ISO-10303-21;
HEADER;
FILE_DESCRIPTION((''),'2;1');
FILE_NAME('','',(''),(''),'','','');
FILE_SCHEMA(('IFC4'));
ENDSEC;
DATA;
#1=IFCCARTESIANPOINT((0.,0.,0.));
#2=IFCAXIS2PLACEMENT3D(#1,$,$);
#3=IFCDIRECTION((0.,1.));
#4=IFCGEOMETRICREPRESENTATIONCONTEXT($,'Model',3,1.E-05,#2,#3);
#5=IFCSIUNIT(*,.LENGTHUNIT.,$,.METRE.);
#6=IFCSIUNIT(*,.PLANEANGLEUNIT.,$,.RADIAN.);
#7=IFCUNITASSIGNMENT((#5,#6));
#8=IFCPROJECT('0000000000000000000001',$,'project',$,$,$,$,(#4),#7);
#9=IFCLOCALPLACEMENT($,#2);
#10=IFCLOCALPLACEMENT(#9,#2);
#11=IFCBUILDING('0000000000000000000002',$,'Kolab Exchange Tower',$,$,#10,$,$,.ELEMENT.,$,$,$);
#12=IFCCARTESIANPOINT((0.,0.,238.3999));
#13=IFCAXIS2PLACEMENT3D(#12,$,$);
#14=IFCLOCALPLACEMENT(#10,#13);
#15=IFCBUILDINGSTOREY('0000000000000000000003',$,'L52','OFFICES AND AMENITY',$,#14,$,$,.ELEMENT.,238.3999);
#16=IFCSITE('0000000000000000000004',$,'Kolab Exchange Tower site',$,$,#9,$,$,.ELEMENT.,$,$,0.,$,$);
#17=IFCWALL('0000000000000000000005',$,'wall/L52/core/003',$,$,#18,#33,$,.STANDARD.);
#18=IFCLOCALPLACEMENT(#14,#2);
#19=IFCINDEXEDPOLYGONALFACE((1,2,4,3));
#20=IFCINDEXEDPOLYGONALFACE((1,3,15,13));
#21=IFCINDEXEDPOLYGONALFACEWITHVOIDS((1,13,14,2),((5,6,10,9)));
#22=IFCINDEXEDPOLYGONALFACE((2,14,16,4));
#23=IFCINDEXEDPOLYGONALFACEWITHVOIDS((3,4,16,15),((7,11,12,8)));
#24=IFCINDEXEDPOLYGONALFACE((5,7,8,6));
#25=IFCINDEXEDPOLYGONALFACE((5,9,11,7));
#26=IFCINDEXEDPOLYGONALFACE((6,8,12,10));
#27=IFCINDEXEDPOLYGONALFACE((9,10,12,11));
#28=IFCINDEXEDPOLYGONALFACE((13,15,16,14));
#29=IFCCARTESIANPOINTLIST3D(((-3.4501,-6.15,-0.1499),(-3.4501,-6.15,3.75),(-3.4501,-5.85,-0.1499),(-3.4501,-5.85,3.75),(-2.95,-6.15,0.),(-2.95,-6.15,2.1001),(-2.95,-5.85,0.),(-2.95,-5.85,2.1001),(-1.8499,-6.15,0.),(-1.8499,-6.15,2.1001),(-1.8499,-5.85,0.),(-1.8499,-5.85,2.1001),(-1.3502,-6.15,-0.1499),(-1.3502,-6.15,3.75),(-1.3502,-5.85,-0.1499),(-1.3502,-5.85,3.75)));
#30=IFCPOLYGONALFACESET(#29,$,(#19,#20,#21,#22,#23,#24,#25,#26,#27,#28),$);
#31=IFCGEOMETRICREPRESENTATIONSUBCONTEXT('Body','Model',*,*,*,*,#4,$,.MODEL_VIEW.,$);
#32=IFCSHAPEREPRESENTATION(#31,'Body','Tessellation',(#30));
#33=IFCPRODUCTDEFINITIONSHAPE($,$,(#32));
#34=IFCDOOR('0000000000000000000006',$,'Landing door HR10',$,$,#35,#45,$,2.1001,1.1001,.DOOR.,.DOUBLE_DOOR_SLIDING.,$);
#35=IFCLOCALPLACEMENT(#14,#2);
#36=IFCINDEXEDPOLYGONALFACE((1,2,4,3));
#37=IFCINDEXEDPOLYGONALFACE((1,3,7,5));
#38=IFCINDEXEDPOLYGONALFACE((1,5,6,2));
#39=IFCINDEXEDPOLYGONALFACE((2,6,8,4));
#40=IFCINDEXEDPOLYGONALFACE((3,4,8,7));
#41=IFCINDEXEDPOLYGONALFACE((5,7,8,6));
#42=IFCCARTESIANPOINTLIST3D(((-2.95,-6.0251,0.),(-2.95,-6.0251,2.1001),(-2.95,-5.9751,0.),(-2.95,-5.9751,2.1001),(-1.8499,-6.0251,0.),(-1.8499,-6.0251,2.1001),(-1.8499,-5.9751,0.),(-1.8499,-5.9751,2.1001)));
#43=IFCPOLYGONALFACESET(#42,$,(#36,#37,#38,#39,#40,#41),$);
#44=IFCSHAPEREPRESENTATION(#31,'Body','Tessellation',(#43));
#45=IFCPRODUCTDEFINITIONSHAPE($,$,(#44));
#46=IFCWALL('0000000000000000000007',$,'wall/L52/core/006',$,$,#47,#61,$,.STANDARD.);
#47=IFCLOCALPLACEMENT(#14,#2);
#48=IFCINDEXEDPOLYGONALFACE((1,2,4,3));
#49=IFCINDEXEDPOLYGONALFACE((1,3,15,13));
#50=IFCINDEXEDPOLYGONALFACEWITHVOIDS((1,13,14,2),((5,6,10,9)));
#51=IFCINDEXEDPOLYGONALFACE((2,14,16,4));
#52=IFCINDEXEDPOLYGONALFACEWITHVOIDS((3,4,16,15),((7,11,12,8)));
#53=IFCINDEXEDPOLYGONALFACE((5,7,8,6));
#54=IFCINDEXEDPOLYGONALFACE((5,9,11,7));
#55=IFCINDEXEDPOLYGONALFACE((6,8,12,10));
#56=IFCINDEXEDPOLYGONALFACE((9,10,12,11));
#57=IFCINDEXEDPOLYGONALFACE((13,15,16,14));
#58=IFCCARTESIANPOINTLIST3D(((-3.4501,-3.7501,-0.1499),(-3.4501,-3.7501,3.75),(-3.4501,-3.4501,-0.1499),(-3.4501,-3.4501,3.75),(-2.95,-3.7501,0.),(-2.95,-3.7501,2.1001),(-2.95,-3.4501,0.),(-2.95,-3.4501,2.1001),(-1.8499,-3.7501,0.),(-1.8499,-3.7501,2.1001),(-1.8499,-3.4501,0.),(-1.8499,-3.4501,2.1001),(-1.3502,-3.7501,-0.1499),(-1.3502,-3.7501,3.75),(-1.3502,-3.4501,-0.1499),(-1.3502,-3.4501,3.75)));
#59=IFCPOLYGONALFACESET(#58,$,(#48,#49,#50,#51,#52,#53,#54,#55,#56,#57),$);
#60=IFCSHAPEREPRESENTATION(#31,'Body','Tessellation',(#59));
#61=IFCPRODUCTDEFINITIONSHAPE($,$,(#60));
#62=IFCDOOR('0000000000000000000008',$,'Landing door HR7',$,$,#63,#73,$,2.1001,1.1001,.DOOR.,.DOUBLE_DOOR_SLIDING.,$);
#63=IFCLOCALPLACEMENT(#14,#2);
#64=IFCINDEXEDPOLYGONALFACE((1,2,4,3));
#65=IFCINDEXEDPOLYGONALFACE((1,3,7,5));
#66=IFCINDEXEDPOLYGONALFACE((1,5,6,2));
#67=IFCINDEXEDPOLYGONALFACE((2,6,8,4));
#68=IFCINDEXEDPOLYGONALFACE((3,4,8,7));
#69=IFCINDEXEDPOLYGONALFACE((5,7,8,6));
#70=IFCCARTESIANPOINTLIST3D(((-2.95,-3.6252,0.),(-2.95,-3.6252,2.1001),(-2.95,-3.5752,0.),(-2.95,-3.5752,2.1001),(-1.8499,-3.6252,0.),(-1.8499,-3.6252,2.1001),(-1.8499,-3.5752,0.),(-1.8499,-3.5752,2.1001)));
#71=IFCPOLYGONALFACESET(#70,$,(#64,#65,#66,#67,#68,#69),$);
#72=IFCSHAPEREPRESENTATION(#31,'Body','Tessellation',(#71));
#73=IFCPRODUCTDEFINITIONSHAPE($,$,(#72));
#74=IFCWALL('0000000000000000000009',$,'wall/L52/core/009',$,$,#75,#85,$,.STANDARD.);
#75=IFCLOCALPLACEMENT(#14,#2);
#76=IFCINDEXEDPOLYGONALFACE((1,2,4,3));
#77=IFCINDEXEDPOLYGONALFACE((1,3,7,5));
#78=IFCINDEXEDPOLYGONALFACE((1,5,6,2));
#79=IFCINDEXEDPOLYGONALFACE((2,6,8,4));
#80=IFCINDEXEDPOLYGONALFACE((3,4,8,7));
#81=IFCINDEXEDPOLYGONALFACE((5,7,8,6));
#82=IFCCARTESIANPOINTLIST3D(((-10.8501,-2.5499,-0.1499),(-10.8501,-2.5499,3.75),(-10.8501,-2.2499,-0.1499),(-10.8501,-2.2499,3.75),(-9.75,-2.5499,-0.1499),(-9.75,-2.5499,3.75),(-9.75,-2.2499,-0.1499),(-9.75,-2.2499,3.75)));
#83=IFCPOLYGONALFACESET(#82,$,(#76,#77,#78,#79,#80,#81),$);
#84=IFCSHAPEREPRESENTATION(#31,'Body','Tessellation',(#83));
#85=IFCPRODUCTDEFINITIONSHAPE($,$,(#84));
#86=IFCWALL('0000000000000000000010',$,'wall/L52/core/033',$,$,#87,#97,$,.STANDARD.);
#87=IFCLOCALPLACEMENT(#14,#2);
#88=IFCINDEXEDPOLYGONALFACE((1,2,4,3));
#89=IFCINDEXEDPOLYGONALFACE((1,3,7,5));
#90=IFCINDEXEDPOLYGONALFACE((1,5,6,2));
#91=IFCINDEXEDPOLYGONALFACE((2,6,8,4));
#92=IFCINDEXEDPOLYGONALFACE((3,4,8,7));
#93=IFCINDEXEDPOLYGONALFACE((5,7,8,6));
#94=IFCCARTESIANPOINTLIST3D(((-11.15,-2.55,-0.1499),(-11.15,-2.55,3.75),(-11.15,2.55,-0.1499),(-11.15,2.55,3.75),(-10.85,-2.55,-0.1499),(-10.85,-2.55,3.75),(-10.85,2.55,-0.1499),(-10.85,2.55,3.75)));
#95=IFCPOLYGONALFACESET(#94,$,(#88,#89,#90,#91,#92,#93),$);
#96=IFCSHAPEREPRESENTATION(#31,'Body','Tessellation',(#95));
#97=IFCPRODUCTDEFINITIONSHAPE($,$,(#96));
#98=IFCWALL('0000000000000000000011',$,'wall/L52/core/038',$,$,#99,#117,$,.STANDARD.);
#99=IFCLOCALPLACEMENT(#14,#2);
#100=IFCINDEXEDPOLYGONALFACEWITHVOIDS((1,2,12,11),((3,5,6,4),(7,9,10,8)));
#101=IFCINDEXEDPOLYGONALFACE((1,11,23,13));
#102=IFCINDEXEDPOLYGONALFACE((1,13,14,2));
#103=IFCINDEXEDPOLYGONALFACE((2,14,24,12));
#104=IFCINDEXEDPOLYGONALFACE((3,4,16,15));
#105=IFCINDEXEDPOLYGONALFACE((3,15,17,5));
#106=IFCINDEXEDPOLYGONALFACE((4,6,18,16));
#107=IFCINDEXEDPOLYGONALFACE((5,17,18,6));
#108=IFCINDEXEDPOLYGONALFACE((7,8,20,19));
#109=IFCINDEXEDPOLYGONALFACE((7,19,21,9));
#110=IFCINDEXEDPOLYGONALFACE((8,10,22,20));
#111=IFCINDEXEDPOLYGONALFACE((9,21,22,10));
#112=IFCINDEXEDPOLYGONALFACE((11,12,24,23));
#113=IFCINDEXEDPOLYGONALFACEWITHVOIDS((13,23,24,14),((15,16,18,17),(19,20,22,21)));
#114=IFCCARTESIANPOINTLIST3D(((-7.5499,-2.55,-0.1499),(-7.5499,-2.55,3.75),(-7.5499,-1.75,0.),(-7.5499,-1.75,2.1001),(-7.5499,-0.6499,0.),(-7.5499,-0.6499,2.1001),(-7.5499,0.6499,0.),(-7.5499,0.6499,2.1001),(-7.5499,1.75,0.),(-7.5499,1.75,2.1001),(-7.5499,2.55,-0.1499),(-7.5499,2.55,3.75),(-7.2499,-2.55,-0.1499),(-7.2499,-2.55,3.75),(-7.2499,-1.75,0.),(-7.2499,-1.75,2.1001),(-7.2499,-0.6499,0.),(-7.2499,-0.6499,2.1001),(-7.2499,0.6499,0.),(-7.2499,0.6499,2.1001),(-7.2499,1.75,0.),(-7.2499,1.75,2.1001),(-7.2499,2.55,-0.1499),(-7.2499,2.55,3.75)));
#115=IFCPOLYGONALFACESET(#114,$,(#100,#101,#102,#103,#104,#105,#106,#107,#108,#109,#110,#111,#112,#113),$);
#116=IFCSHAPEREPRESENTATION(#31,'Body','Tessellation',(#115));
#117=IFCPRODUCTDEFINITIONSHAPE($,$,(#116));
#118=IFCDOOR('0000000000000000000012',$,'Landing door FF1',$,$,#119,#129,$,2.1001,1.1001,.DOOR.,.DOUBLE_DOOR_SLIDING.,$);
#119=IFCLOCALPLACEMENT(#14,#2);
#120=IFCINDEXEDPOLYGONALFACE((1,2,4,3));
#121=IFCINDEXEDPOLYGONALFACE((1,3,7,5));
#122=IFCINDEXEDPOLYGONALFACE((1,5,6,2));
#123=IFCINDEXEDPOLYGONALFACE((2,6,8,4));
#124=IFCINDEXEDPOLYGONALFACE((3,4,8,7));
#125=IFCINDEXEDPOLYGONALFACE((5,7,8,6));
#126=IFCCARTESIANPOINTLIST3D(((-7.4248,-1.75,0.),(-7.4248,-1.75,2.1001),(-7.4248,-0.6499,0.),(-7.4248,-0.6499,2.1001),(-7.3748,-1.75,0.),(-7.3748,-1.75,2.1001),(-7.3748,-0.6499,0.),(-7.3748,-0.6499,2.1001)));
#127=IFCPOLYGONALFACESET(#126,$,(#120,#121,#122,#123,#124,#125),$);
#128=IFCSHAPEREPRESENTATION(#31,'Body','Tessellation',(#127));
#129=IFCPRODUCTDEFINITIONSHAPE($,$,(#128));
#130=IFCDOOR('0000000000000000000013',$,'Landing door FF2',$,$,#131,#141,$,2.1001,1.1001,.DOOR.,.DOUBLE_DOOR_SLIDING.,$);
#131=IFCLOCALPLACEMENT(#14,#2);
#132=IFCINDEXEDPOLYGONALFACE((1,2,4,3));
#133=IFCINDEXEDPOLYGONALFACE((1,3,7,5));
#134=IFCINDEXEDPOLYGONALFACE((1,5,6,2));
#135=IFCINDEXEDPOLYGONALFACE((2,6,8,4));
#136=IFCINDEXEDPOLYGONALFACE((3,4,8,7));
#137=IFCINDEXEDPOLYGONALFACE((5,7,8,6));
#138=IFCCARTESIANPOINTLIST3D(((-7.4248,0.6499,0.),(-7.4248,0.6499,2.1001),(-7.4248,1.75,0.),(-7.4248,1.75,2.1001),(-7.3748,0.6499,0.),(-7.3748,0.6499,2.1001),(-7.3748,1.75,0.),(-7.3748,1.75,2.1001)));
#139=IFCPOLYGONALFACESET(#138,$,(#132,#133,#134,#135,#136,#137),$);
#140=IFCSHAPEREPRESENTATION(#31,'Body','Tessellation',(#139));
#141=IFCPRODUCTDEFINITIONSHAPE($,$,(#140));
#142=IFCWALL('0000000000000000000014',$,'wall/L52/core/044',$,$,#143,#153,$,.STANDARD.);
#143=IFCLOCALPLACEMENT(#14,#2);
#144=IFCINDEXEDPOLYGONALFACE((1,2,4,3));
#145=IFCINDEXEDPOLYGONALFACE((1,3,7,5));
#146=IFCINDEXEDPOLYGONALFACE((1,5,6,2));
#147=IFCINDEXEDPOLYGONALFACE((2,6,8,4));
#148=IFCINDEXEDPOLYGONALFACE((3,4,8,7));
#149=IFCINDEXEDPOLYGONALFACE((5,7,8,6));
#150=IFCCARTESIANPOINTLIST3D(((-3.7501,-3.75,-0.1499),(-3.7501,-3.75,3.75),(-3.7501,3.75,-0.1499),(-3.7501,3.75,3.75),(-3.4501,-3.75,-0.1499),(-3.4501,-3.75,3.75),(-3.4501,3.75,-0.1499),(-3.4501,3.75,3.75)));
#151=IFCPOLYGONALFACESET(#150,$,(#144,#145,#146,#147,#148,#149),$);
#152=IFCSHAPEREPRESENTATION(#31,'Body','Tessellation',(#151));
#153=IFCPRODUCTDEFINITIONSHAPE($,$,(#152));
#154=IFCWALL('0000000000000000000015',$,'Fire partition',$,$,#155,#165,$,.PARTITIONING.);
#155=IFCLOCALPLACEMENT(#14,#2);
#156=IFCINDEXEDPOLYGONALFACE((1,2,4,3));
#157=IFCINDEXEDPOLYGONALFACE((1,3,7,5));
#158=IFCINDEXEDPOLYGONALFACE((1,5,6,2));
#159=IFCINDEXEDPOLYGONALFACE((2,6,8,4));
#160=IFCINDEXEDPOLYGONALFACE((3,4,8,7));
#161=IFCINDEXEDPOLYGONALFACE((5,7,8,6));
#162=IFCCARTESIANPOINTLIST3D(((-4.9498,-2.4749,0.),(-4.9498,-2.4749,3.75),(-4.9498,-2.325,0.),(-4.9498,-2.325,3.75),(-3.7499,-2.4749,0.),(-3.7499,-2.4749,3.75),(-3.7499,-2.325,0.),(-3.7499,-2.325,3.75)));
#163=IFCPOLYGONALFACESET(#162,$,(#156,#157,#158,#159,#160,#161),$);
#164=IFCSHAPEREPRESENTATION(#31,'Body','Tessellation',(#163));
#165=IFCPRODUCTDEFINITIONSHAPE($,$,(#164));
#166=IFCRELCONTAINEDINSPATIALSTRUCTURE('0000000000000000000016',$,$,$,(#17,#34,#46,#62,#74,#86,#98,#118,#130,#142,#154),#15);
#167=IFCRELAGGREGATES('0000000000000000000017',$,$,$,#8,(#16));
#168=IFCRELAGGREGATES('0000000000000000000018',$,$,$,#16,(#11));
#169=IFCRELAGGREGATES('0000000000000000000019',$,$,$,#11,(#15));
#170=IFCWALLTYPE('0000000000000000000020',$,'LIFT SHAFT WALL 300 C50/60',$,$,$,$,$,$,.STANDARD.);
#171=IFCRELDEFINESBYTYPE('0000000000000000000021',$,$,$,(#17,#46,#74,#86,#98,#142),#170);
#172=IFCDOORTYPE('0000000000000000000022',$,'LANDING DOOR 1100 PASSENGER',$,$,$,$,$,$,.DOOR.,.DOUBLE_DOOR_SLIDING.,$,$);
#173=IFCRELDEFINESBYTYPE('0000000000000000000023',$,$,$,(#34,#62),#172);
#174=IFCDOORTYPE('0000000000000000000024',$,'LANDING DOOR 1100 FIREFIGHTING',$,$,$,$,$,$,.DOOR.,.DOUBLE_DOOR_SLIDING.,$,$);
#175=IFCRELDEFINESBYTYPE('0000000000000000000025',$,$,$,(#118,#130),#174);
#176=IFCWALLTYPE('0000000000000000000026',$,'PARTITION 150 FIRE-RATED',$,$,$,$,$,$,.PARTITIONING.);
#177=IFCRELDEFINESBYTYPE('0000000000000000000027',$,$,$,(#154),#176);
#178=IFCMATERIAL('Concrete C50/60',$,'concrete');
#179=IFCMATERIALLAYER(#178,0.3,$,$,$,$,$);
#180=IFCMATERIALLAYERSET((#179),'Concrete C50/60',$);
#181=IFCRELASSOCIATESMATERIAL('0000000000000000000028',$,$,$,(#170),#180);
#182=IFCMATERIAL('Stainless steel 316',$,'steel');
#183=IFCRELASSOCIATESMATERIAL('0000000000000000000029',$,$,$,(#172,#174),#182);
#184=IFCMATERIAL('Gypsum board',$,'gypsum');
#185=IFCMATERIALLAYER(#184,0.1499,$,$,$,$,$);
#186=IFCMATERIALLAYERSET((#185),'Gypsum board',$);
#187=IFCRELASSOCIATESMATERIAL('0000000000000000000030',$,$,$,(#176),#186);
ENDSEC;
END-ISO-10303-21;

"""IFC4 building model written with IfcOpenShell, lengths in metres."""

from ifc_helpers import new_model, si_unit, direction, frame, frame_2d, origin, place, context, subcontext, project, spatial, rectangle, extrude, material, layer, layer_set, type_object, element, fill, save


model = new_model("IFC4")

# Units and contexts
model_context = context("Model", 3, precision=1e-05, world=origin(), true_north=direction((0.0, 1.0)))
body_context = subcontext(model_context, "Body", "Model", "MODEL_VIEW")
ifc_project = project(units=[si_unit("LENGTHUNIT", "METRE"), si_unit("PLANEANGLEUNIT", "RADIAN")], contexts=[model_context])

# Site, building, storey
site_placement = place(None, origin())
site = spatial("IfcSite", under=ifc_project, at=site_placement, Name="Kolab Exchange Tower site", CompositionType="ELEMENT", RefElevation=0.0)
building_placement = place(site_placement, origin())
building = spatial("IfcBuilding", under=site, at=building_placement, Name="Kolab Exchange Tower", CompositionType="ELEMENT")
storey_placement = place(building_placement, frame((0.0, 0.0, 238.3999)))
storey = spatial("IfcBuildingStorey", under=building, at=storey_placement, Name="L52", Description="OFFICES AND AMENITY", CompositionType="ELEMENT", Elevation=238.3999)

# Walls, openings, doors
ifc_material_1 = material(Name="Concrete C50/60", Category="concrete")
ifc_layer_1 = layer(ifc_material_1, 0.3)
ifc_layer_set_1 = layer_set([ifc_layer_1], Name="Concrete C50/60")
wall_type_1 = type_object("IfcWallType", Name="LIFT SHAFT WALL 300 C50/60", PredefinedType="STANDARD", material=ifc_layer_set_1)
wall_1_placement = place(storey_placement, frame((-3.45, -6.0, -0.1499), z_axis=(0.0, 0.0, 1.0), x_axis=(1.0, 0.0, 0.0)))
wall_1 = element("IfcWall", 1, at=wall_1_placement, inside=storey, type_object=wall_type_1, Name="wall/L52/core/003", PredefinedType="STANDARD", context=body_context, shape_type="SweptSolid", body=[
    extrude(rectangle(XDim=2.0999, YDim=0.3, at=frame_2d((1.0498, 0.0))), origin(), (0.0, 0.0, 1.0), 3.8999),
])
opening_1_placement = place(wall_1_placement, frame((0.5, 0.0, 0.1499)))
opening_1 = element("IfcOpeningElement", 2, at=opening_1_placement, cuts=wall_1, PredefinedType="OPENING", context=body_context, shape_type="SweptSolid", body=[
    extrude(rectangle(XDim=1.1001, YDim=2.1001, at=frame_2d((0.55, 1.05))), frame((0.0, 0.1602, 0.0), z_axis=(0.0, -1.0, 0.0), x_axis=(1.0, 0.0, 0.0)), (0.0, 0.0, 1.0), 0.3201),
])
ifc_material_2 = material(Name="Stainless steel 316", Category="steel")
door_type_1 = type_object("IfcDoorType", Name="LANDING DOOR 1100 PASSENGER", OperationType="DOUBLE_DOOR_SLIDING", PredefinedType="DOOR", material=ifc_material_2)
door_1_placement = place(opening_1_placement, origin())
door_1 = element("IfcDoor", 3, at=door_1_placement, inside=storey, type_object=door_type_1, Name="Landing door HR10", OperationType="DOUBLE_DOOR_SLIDING", OverallHeight=2.1001, OverallWidth=1.1001, PredefinedType="DOOR", context=body_context, shape_type="SweptSolid", body=[
    extrude(rectangle(XDim=1.1001, YDim=2.1001, at=frame_2d((0.55, 1.05))), frame((0.0, 0.0249, 0.0), z_axis=(0.0, -1.0, 0.0), x_axis=(1.0, 0.0, 0.0)), (0.0, 0.0, 1.0), 0.05),
])
fill(opening_1, door_1)
wall_2_placement = place(storey_placement, frame((-3.45, -3.6001, -0.1499), z_axis=(0.0, 0.0, 1.0), x_axis=(1.0, 0.0, 0.0)))
wall_2 = element("IfcWall", 4, at=wall_2_placement, inside=storey, type_object=wall_type_1, Name="wall/L52/core/006", PredefinedType="STANDARD", context=body_context, shape_type="SweptSolid", body=[
    extrude(rectangle(XDim=2.0999, YDim=0.3, at=frame_2d((1.0498, 0.0))), origin(), (0.0, 0.0, 1.0), 3.8999),
])
opening_2_placement = place(wall_2_placement, frame((0.5, 0.0, 0.1499)))
opening_2 = element("IfcOpeningElement", 5, at=opening_2_placement, cuts=wall_2, PredefinedType="OPENING", context=body_context, shape_type="SweptSolid", body=[
    extrude(rectangle(XDim=1.1001, YDim=2.1001, at=frame_2d((0.55, 1.05))), frame((0.0, 0.1602, 0.0), z_axis=(0.0, -1.0, 0.0), x_axis=(1.0, 0.0, 0.0)), (0.0, 0.0, 1.0), 0.3201),
])
door_2_placement = place(opening_2_placement, origin())
door_2 = element("IfcDoor", 6, at=door_2_placement, inside=storey, type_object=door_type_1, Name="Landing door HR7", OperationType="DOUBLE_DOOR_SLIDING", OverallHeight=2.1001, OverallWidth=1.1001, PredefinedType="DOOR", context=body_context, shape_type="SweptSolid", body=[
    extrude(rectangle(XDim=1.1001, YDim=2.1001, at=frame_2d((0.55, 1.05))), frame((0.0, 0.0249, 0.0), z_axis=(0.0, -1.0, 0.0), x_axis=(1.0, 0.0, 0.0)), (0.0, 0.0, 1.0), 0.05),
])
fill(opening_2, door_2)

# Walls
wall_3_placement = place(storey_placement, frame((-10.8501, -2.3999, -0.1499), z_axis=(0.0, 0.0, 1.0), x_axis=(1.0, 0.0, 0.0)))
element("IfcWall", 7, at=wall_3_placement, inside=storey, type_object=wall_type_1, Name="wall/L52/core/009", PredefinedType="STANDARD", context=body_context, shape_type="SweptSolid", body=[
    extrude(rectangle(XDim=1.1001, YDim=0.3, at=frame_2d((0.55, 0.0))), origin(), (0.0, 0.0, 1.0), 3.8999),
])
wall_4_placement = place(storey_placement, frame((-11.0, -2.55, -0.1499), z_axis=(0.0, 0.0, 1.0), x_axis=(0.0, 1.0, 0.0)))
element("IfcWall", 8, at=wall_4_placement, inside=storey, type_object=wall_type_1, Name="wall/L52/core/033", PredefinedType="STANDARD", context=body_context, shape_type="SweptSolid", body=[
    extrude(rectangle(XDim=5.1001, YDim=0.3, at=frame_2d((2.55, 0.0))), origin(), (0.0, 0.0, 1.0), 3.8999),
])

# Wall, openings, doors
wall_5_placement = place(storey_placement, frame((-7.3999, -2.55, -0.1499), z_axis=(0.0, 0.0, 1.0), x_axis=(0.0, 1.0, 0.0)))
wall_5 = element("IfcWall", 9, at=wall_5_placement, inside=storey, type_object=wall_type_1, Name="wall/L52/core/038", PredefinedType="STANDARD", context=body_context, shape_type="SweptSolid", body=[
    extrude(rectangle(XDim=5.1001, YDim=0.3, at=frame_2d((2.55, 0.0))), origin(), (0.0, 0.0, 1.0), 3.8999),
])
opening_3_placement = place(wall_5_placement, frame((0.8, 0.0, 0.1499)))
opening_3 = element("IfcOpeningElement", 10, at=opening_3_placement, cuts=wall_5, PredefinedType="OPENING", context=body_context, shape_type="SweptSolid", body=[
    extrude(rectangle(XDim=1.1001, YDim=2.1001, at=frame_2d((0.55, 1.05))), frame((0.0, 0.1602, 0.0), z_axis=(0.0, -1.0, 0.0), x_axis=(1.0, 0.0, 0.0)), (0.0, 0.0, 1.0), 0.3201),
])
opening_4_placement = place(wall_5_placement, frame((3.2, 0.0, 0.1499)))
opening_4 = element("IfcOpeningElement", 11, at=opening_4_placement, cuts=wall_5, PredefinedType="OPENING", context=body_context, shape_type="SweptSolid", body=[
    extrude(rectangle(XDim=1.1001, YDim=2.1001, at=frame_2d((0.55, 1.05))), frame((0.0, 0.1602, 0.0), z_axis=(0.0, -1.0, 0.0), x_axis=(1.0, 0.0, 0.0)), (0.0, 0.0, 1.0), 0.3201),
])
door_type_2 = type_object("IfcDoorType", Name="LANDING DOOR 1100 FIREFIGHTING", OperationType="DOUBLE_DOOR_SLIDING", PredefinedType="DOOR", material=ifc_material_2)
door_3_placement = place(opening_3_placement, origin())
door_3 = element("IfcDoor", 12, at=door_3_placement, inside=storey, type_object=door_type_2, Name="Landing door FF1", OperationType="DOUBLE_DOOR_SLIDING", OverallHeight=2.1001, OverallWidth=1.1001, PredefinedType="DOOR", context=body_context, shape_type="SweptSolid", body=[
    extrude(rectangle(XDim=1.1001, YDim=2.1001, at=frame_2d((0.55, 1.05))), frame((0.0, 0.0249, 0.0), z_axis=(0.0, -1.0, 0.0), x_axis=(1.0, 0.0, 0.0)), (0.0, 0.0, 1.0), 0.05),
])
fill(opening_3, door_3)
door_4_placement = place(opening_4_placement, origin())
door_4 = element("IfcDoor", 13, at=door_4_placement, inside=storey, type_object=door_type_2, Name="Landing door FF2", OperationType="DOUBLE_DOOR_SLIDING", OverallHeight=2.1001, OverallWidth=1.1001, PredefinedType="DOOR", context=body_context, shape_type="SweptSolid", body=[
    extrude(rectangle(XDim=1.1001, YDim=2.1001, at=frame_2d((0.55, 1.05))), frame((0.0, 0.0249, 0.0), z_axis=(0.0, -1.0, 0.0), x_axis=(1.0, 0.0, 0.0)), (0.0, 0.0, 1.0), 0.05),
])
fill(opening_4, door_4)

# Walls
wall_6_placement = place(storey_placement, frame((-3.6001, -3.75, -0.1499), z_axis=(0.0, 0.0, 1.0), x_axis=(0.0, 1.0, 0.0)))
element("IfcWall", 14, at=wall_6_placement, inside=storey, type_object=wall_type_1, Name="wall/L52/core/044", PredefinedType="STANDARD", context=body_context, shape_type="SweptSolid", body=[
    extrude(rectangle(XDim=7.5, YDim=0.3, at=frame_2d((3.75, 0.0))), origin(), (0.0, 0.0, 1.0), 3.8999),
])
ifc_material_3 = material(Name="Gypsum board", Category="gypsum")
ifc_layer_2 = layer(ifc_material_3, 0.1499)
ifc_layer_set_2 = layer_set([ifc_layer_2], Name="Gypsum board")
wall_type_2 = type_object("IfcWallType", Name="PARTITION 150 FIRE-RATED", PredefinedType="PARTITIONING", material=ifc_layer_set_2)
wall_7_placement = place(storey_placement, frame((-4.95, -2.3999, 0.0), z_axis=(0.0, 0.0, 1.0), x_axis=(1.0, 0.0, 0.0)))
element("IfcWall", 15, at=wall_7_placement, inside=storey, type_object=wall_type_2, Name="Fire partition", PredefinedType="PARTITIONING", context=body_context, shape_type="SweptSolid", body=[
    extrude(rectangle(XDim=1.2, YDim=0.1499, at=frame_2d((0.6001, 0.0))), origin(), (0.0, 0.0, 1.0), 3.75),
])

save(model, "model.ifc")
